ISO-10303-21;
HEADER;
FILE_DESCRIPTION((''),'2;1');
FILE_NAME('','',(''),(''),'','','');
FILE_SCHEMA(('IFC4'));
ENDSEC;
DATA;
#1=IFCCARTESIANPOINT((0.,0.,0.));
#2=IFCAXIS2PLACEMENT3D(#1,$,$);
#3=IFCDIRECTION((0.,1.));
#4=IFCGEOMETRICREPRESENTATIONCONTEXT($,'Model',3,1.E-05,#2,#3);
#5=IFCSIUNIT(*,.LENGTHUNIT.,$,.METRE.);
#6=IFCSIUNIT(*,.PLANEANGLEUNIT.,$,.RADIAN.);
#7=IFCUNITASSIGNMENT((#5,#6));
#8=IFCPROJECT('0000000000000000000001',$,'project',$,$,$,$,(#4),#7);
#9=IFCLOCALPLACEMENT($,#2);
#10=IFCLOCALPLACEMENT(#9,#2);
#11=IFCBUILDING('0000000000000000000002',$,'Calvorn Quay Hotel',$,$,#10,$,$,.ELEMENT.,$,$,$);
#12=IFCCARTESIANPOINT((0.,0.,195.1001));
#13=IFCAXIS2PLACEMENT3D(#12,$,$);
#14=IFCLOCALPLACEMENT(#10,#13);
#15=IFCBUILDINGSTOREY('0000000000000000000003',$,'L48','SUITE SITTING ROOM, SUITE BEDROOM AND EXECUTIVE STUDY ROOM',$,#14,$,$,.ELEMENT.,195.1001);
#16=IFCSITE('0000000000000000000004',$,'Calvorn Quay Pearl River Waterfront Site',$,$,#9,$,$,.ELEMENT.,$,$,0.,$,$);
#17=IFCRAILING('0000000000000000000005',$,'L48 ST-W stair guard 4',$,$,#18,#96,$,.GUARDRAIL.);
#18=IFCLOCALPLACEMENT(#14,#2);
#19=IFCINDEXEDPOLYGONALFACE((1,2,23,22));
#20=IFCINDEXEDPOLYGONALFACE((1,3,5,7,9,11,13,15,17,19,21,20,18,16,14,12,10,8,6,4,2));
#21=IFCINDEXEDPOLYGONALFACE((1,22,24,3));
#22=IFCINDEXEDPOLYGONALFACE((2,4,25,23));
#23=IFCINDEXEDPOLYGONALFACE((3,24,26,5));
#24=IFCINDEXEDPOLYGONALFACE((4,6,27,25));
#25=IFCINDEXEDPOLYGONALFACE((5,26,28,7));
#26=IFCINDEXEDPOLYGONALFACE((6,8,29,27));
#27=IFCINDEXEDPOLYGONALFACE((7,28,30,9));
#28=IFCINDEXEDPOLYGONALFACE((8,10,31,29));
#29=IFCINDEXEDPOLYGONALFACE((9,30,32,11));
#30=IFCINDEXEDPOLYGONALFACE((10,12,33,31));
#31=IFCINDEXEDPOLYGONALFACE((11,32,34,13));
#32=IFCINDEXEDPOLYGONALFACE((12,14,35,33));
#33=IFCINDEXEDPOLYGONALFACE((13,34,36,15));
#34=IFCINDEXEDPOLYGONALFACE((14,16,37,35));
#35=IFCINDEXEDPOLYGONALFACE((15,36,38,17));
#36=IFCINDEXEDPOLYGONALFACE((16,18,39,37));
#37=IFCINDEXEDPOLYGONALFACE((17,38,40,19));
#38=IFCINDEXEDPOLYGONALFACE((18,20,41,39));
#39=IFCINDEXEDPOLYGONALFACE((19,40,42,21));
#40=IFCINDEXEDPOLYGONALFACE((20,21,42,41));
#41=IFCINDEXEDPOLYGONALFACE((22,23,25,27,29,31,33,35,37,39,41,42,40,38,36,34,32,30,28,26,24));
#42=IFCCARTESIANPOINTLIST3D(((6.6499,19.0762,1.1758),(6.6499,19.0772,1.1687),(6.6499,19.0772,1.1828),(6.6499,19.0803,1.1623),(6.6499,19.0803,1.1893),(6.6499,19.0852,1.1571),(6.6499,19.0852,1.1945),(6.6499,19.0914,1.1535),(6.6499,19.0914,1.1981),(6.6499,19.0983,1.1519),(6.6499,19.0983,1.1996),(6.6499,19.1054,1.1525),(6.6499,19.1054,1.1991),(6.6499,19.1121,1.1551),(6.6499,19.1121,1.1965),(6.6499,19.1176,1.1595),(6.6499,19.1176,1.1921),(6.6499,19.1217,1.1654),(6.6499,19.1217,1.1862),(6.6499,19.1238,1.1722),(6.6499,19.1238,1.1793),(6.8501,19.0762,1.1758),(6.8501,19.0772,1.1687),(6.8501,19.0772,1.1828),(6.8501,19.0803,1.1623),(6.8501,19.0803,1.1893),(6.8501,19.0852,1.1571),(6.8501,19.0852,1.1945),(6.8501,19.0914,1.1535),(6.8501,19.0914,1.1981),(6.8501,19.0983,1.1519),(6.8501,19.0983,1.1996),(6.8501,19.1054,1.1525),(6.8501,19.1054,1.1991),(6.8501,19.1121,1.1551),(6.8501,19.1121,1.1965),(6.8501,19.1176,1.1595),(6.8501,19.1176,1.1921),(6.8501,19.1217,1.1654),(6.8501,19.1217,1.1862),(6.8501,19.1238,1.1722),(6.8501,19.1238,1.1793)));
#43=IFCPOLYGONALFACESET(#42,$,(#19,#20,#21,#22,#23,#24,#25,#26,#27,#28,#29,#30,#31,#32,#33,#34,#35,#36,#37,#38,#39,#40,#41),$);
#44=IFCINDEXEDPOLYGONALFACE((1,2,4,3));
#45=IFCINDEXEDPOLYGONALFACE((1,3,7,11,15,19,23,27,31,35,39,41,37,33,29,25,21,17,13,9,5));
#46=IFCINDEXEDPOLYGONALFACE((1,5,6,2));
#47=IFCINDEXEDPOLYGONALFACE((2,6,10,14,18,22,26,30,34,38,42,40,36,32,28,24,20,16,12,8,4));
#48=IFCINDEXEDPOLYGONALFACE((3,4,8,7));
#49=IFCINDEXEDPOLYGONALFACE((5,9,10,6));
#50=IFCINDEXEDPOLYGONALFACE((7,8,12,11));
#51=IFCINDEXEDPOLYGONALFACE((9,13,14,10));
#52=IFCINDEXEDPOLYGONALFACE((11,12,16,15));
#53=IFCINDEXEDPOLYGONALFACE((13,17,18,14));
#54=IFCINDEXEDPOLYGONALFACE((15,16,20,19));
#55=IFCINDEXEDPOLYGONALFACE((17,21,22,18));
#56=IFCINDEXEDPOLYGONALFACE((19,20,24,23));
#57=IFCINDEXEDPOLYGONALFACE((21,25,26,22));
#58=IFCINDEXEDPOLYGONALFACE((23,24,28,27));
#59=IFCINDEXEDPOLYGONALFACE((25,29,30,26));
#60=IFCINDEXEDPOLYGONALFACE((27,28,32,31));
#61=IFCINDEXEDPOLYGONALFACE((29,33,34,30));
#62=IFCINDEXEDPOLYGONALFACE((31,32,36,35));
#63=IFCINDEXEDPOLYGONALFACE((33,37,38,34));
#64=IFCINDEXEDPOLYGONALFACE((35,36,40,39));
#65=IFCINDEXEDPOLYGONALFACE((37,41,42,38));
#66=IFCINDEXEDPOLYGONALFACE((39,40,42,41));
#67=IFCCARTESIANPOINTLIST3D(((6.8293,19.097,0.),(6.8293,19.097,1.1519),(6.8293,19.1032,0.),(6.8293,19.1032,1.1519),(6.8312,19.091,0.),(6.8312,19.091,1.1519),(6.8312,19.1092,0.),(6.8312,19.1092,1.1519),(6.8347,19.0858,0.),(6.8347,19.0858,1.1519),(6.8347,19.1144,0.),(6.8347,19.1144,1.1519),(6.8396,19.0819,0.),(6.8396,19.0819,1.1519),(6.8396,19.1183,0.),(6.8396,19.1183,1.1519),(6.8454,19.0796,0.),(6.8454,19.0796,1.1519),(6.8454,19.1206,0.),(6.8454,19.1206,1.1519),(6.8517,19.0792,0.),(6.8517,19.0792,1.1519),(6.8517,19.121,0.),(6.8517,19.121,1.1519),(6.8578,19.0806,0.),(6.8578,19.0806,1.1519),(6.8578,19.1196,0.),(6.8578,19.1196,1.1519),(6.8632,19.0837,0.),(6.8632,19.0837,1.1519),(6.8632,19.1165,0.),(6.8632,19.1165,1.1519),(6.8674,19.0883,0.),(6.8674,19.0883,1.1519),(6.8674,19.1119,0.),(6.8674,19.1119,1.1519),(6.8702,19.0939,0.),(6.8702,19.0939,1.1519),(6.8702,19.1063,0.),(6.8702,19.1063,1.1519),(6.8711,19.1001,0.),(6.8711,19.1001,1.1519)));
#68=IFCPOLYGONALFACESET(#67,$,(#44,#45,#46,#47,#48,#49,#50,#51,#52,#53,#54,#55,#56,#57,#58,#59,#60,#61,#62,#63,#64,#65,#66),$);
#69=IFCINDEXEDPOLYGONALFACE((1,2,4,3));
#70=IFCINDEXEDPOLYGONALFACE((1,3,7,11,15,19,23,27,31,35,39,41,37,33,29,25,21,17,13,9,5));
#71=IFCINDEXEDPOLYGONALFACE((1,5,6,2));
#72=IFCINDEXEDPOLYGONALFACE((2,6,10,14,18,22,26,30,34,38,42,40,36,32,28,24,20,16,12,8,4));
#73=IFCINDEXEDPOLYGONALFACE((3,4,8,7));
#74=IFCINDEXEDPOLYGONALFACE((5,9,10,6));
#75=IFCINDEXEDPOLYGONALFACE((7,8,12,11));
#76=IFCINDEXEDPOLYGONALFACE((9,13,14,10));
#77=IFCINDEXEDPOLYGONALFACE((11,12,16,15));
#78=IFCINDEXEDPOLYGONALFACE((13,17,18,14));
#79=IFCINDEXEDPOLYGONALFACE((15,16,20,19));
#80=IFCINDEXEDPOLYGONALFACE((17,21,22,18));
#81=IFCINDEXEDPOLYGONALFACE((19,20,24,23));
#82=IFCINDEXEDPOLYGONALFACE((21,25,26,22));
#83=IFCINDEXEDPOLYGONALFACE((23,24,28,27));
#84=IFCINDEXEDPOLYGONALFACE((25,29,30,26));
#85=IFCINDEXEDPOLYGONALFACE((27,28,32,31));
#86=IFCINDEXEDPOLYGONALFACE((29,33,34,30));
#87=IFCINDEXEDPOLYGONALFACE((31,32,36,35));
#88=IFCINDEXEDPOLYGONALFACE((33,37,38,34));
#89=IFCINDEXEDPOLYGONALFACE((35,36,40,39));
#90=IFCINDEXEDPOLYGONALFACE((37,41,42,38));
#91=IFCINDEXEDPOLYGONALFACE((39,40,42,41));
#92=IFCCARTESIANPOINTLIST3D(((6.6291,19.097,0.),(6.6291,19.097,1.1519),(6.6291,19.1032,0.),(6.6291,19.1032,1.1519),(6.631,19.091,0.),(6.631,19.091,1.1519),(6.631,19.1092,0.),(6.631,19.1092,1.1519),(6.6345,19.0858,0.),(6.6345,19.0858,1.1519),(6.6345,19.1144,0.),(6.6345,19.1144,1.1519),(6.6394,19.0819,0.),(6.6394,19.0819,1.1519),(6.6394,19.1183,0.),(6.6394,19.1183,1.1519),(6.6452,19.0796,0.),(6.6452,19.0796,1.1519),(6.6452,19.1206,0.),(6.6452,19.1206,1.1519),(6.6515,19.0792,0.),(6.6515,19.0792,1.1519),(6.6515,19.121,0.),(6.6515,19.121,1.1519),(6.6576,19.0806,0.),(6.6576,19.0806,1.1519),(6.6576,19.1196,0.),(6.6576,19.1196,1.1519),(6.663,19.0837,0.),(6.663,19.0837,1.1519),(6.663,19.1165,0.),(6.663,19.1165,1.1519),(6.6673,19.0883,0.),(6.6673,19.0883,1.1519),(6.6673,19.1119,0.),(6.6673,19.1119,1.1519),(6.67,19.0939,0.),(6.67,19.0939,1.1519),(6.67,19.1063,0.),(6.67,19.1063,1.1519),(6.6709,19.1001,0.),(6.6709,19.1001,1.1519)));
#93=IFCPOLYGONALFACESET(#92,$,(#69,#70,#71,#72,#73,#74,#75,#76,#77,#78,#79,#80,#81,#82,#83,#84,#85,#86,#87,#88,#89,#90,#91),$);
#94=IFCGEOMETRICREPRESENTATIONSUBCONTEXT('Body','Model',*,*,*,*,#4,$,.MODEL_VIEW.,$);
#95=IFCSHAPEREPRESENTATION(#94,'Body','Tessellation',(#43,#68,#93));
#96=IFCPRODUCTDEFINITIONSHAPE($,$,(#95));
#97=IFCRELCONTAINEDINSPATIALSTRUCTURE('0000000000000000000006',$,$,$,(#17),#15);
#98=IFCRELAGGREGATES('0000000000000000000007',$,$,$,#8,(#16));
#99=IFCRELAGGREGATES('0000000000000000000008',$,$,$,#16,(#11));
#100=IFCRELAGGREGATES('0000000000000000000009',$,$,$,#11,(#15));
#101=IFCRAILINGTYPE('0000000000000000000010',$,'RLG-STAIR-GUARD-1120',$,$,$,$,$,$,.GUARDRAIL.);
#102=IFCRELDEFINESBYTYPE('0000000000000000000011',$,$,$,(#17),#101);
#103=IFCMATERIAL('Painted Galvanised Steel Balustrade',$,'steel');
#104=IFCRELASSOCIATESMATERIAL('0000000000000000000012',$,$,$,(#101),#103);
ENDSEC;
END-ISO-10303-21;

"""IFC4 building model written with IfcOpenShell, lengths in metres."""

from ifc_helpers import new_model, si_unit, direction, frame, origin, origin_2d, place, context, subcontext, project, spatial, circle, extrude, material, type_object, element, save


model = new_model("IFC4")

# Units and contexts
model_context = context("Model", 3, precision=1e-05, world=origin(), true_north=direction((0.0, 1.0)))
body_context = subcontext(model_context, "Body", "Model", "MODEL_VIEW")
ifc_project = project(units=[si_unit("LENGTHUNIT", "METRE"), si_unit("PLANEANGLEUNIT", "RADIAN")], contexts=[model_context])

# Site, building, storey
site_placement = place(None, origin())
site = spatial("IfcSite", under=ifc_project, at=site_placement, Name="Calvorn Quay Pearl River Waterfront Site", CompositionType="ELEMENT", RefElevation=0.0)
building_placement = place(site_placement, origin())
building = spatial("IfcBuilding", under=site, at=building_placement, Name="Calvorn Quay Hotel", CompositionType="ELEMENT")
storey_placement = place(building_placement, frame((0.0, 0.0, 195.1001)))
storey = spatial("IfcBuildingStorey", under=building, at=storey_placement, Name="L48", Description="SUITE SITTING ROOM, SUITE BEDROOM AND EXECUTIVE STUDY ROOM", CompositionType="ELEMENT", Elevation=195.1001)

# Railing
ifc_material_1 = material(Name="Painted Galvanised Steel Balustrade", Category="steel")
railing_type_1 = type_object("IfcRailingType", Name="RLG-STAIR-GUARD-1120", PredefinedType="GUARDRAIL", material=ifc_material_1)
railing_1_placement = place(storey_placement, frame((6.8501, 19.1001, 0.0)))
element("IfcRailing", 1, at=railing_1_placement, inside=storey, type_object=railing_type_1, Name="L48 ST-W stair guard 4", PredefinedType="GUARDRAIL", context=body_context, shape_type="SweptSolid", body=[
    extrude(circle(Radius=0.0239, at=origin_2d()), frame((0.0, 0.0, 1.1758), z_axis=(-1.0, 0.0, 0.0), x_axis=(0.0, -1.0, 0.0)), (0.0, 0.0, 1.0), 0.2002),
    extrude(circle(Radius=0.021, at=origin_2d()), origin(), (0.0, 0.0, 1.0), 1.1519),
    extrude(circle(Radius=0.021, at=origin_2d()), frame((-0.2002, 0.0, 0.0)), (0.0, 0.0, 1.0), 1.1519),
])

save(model, "model.ifc")
